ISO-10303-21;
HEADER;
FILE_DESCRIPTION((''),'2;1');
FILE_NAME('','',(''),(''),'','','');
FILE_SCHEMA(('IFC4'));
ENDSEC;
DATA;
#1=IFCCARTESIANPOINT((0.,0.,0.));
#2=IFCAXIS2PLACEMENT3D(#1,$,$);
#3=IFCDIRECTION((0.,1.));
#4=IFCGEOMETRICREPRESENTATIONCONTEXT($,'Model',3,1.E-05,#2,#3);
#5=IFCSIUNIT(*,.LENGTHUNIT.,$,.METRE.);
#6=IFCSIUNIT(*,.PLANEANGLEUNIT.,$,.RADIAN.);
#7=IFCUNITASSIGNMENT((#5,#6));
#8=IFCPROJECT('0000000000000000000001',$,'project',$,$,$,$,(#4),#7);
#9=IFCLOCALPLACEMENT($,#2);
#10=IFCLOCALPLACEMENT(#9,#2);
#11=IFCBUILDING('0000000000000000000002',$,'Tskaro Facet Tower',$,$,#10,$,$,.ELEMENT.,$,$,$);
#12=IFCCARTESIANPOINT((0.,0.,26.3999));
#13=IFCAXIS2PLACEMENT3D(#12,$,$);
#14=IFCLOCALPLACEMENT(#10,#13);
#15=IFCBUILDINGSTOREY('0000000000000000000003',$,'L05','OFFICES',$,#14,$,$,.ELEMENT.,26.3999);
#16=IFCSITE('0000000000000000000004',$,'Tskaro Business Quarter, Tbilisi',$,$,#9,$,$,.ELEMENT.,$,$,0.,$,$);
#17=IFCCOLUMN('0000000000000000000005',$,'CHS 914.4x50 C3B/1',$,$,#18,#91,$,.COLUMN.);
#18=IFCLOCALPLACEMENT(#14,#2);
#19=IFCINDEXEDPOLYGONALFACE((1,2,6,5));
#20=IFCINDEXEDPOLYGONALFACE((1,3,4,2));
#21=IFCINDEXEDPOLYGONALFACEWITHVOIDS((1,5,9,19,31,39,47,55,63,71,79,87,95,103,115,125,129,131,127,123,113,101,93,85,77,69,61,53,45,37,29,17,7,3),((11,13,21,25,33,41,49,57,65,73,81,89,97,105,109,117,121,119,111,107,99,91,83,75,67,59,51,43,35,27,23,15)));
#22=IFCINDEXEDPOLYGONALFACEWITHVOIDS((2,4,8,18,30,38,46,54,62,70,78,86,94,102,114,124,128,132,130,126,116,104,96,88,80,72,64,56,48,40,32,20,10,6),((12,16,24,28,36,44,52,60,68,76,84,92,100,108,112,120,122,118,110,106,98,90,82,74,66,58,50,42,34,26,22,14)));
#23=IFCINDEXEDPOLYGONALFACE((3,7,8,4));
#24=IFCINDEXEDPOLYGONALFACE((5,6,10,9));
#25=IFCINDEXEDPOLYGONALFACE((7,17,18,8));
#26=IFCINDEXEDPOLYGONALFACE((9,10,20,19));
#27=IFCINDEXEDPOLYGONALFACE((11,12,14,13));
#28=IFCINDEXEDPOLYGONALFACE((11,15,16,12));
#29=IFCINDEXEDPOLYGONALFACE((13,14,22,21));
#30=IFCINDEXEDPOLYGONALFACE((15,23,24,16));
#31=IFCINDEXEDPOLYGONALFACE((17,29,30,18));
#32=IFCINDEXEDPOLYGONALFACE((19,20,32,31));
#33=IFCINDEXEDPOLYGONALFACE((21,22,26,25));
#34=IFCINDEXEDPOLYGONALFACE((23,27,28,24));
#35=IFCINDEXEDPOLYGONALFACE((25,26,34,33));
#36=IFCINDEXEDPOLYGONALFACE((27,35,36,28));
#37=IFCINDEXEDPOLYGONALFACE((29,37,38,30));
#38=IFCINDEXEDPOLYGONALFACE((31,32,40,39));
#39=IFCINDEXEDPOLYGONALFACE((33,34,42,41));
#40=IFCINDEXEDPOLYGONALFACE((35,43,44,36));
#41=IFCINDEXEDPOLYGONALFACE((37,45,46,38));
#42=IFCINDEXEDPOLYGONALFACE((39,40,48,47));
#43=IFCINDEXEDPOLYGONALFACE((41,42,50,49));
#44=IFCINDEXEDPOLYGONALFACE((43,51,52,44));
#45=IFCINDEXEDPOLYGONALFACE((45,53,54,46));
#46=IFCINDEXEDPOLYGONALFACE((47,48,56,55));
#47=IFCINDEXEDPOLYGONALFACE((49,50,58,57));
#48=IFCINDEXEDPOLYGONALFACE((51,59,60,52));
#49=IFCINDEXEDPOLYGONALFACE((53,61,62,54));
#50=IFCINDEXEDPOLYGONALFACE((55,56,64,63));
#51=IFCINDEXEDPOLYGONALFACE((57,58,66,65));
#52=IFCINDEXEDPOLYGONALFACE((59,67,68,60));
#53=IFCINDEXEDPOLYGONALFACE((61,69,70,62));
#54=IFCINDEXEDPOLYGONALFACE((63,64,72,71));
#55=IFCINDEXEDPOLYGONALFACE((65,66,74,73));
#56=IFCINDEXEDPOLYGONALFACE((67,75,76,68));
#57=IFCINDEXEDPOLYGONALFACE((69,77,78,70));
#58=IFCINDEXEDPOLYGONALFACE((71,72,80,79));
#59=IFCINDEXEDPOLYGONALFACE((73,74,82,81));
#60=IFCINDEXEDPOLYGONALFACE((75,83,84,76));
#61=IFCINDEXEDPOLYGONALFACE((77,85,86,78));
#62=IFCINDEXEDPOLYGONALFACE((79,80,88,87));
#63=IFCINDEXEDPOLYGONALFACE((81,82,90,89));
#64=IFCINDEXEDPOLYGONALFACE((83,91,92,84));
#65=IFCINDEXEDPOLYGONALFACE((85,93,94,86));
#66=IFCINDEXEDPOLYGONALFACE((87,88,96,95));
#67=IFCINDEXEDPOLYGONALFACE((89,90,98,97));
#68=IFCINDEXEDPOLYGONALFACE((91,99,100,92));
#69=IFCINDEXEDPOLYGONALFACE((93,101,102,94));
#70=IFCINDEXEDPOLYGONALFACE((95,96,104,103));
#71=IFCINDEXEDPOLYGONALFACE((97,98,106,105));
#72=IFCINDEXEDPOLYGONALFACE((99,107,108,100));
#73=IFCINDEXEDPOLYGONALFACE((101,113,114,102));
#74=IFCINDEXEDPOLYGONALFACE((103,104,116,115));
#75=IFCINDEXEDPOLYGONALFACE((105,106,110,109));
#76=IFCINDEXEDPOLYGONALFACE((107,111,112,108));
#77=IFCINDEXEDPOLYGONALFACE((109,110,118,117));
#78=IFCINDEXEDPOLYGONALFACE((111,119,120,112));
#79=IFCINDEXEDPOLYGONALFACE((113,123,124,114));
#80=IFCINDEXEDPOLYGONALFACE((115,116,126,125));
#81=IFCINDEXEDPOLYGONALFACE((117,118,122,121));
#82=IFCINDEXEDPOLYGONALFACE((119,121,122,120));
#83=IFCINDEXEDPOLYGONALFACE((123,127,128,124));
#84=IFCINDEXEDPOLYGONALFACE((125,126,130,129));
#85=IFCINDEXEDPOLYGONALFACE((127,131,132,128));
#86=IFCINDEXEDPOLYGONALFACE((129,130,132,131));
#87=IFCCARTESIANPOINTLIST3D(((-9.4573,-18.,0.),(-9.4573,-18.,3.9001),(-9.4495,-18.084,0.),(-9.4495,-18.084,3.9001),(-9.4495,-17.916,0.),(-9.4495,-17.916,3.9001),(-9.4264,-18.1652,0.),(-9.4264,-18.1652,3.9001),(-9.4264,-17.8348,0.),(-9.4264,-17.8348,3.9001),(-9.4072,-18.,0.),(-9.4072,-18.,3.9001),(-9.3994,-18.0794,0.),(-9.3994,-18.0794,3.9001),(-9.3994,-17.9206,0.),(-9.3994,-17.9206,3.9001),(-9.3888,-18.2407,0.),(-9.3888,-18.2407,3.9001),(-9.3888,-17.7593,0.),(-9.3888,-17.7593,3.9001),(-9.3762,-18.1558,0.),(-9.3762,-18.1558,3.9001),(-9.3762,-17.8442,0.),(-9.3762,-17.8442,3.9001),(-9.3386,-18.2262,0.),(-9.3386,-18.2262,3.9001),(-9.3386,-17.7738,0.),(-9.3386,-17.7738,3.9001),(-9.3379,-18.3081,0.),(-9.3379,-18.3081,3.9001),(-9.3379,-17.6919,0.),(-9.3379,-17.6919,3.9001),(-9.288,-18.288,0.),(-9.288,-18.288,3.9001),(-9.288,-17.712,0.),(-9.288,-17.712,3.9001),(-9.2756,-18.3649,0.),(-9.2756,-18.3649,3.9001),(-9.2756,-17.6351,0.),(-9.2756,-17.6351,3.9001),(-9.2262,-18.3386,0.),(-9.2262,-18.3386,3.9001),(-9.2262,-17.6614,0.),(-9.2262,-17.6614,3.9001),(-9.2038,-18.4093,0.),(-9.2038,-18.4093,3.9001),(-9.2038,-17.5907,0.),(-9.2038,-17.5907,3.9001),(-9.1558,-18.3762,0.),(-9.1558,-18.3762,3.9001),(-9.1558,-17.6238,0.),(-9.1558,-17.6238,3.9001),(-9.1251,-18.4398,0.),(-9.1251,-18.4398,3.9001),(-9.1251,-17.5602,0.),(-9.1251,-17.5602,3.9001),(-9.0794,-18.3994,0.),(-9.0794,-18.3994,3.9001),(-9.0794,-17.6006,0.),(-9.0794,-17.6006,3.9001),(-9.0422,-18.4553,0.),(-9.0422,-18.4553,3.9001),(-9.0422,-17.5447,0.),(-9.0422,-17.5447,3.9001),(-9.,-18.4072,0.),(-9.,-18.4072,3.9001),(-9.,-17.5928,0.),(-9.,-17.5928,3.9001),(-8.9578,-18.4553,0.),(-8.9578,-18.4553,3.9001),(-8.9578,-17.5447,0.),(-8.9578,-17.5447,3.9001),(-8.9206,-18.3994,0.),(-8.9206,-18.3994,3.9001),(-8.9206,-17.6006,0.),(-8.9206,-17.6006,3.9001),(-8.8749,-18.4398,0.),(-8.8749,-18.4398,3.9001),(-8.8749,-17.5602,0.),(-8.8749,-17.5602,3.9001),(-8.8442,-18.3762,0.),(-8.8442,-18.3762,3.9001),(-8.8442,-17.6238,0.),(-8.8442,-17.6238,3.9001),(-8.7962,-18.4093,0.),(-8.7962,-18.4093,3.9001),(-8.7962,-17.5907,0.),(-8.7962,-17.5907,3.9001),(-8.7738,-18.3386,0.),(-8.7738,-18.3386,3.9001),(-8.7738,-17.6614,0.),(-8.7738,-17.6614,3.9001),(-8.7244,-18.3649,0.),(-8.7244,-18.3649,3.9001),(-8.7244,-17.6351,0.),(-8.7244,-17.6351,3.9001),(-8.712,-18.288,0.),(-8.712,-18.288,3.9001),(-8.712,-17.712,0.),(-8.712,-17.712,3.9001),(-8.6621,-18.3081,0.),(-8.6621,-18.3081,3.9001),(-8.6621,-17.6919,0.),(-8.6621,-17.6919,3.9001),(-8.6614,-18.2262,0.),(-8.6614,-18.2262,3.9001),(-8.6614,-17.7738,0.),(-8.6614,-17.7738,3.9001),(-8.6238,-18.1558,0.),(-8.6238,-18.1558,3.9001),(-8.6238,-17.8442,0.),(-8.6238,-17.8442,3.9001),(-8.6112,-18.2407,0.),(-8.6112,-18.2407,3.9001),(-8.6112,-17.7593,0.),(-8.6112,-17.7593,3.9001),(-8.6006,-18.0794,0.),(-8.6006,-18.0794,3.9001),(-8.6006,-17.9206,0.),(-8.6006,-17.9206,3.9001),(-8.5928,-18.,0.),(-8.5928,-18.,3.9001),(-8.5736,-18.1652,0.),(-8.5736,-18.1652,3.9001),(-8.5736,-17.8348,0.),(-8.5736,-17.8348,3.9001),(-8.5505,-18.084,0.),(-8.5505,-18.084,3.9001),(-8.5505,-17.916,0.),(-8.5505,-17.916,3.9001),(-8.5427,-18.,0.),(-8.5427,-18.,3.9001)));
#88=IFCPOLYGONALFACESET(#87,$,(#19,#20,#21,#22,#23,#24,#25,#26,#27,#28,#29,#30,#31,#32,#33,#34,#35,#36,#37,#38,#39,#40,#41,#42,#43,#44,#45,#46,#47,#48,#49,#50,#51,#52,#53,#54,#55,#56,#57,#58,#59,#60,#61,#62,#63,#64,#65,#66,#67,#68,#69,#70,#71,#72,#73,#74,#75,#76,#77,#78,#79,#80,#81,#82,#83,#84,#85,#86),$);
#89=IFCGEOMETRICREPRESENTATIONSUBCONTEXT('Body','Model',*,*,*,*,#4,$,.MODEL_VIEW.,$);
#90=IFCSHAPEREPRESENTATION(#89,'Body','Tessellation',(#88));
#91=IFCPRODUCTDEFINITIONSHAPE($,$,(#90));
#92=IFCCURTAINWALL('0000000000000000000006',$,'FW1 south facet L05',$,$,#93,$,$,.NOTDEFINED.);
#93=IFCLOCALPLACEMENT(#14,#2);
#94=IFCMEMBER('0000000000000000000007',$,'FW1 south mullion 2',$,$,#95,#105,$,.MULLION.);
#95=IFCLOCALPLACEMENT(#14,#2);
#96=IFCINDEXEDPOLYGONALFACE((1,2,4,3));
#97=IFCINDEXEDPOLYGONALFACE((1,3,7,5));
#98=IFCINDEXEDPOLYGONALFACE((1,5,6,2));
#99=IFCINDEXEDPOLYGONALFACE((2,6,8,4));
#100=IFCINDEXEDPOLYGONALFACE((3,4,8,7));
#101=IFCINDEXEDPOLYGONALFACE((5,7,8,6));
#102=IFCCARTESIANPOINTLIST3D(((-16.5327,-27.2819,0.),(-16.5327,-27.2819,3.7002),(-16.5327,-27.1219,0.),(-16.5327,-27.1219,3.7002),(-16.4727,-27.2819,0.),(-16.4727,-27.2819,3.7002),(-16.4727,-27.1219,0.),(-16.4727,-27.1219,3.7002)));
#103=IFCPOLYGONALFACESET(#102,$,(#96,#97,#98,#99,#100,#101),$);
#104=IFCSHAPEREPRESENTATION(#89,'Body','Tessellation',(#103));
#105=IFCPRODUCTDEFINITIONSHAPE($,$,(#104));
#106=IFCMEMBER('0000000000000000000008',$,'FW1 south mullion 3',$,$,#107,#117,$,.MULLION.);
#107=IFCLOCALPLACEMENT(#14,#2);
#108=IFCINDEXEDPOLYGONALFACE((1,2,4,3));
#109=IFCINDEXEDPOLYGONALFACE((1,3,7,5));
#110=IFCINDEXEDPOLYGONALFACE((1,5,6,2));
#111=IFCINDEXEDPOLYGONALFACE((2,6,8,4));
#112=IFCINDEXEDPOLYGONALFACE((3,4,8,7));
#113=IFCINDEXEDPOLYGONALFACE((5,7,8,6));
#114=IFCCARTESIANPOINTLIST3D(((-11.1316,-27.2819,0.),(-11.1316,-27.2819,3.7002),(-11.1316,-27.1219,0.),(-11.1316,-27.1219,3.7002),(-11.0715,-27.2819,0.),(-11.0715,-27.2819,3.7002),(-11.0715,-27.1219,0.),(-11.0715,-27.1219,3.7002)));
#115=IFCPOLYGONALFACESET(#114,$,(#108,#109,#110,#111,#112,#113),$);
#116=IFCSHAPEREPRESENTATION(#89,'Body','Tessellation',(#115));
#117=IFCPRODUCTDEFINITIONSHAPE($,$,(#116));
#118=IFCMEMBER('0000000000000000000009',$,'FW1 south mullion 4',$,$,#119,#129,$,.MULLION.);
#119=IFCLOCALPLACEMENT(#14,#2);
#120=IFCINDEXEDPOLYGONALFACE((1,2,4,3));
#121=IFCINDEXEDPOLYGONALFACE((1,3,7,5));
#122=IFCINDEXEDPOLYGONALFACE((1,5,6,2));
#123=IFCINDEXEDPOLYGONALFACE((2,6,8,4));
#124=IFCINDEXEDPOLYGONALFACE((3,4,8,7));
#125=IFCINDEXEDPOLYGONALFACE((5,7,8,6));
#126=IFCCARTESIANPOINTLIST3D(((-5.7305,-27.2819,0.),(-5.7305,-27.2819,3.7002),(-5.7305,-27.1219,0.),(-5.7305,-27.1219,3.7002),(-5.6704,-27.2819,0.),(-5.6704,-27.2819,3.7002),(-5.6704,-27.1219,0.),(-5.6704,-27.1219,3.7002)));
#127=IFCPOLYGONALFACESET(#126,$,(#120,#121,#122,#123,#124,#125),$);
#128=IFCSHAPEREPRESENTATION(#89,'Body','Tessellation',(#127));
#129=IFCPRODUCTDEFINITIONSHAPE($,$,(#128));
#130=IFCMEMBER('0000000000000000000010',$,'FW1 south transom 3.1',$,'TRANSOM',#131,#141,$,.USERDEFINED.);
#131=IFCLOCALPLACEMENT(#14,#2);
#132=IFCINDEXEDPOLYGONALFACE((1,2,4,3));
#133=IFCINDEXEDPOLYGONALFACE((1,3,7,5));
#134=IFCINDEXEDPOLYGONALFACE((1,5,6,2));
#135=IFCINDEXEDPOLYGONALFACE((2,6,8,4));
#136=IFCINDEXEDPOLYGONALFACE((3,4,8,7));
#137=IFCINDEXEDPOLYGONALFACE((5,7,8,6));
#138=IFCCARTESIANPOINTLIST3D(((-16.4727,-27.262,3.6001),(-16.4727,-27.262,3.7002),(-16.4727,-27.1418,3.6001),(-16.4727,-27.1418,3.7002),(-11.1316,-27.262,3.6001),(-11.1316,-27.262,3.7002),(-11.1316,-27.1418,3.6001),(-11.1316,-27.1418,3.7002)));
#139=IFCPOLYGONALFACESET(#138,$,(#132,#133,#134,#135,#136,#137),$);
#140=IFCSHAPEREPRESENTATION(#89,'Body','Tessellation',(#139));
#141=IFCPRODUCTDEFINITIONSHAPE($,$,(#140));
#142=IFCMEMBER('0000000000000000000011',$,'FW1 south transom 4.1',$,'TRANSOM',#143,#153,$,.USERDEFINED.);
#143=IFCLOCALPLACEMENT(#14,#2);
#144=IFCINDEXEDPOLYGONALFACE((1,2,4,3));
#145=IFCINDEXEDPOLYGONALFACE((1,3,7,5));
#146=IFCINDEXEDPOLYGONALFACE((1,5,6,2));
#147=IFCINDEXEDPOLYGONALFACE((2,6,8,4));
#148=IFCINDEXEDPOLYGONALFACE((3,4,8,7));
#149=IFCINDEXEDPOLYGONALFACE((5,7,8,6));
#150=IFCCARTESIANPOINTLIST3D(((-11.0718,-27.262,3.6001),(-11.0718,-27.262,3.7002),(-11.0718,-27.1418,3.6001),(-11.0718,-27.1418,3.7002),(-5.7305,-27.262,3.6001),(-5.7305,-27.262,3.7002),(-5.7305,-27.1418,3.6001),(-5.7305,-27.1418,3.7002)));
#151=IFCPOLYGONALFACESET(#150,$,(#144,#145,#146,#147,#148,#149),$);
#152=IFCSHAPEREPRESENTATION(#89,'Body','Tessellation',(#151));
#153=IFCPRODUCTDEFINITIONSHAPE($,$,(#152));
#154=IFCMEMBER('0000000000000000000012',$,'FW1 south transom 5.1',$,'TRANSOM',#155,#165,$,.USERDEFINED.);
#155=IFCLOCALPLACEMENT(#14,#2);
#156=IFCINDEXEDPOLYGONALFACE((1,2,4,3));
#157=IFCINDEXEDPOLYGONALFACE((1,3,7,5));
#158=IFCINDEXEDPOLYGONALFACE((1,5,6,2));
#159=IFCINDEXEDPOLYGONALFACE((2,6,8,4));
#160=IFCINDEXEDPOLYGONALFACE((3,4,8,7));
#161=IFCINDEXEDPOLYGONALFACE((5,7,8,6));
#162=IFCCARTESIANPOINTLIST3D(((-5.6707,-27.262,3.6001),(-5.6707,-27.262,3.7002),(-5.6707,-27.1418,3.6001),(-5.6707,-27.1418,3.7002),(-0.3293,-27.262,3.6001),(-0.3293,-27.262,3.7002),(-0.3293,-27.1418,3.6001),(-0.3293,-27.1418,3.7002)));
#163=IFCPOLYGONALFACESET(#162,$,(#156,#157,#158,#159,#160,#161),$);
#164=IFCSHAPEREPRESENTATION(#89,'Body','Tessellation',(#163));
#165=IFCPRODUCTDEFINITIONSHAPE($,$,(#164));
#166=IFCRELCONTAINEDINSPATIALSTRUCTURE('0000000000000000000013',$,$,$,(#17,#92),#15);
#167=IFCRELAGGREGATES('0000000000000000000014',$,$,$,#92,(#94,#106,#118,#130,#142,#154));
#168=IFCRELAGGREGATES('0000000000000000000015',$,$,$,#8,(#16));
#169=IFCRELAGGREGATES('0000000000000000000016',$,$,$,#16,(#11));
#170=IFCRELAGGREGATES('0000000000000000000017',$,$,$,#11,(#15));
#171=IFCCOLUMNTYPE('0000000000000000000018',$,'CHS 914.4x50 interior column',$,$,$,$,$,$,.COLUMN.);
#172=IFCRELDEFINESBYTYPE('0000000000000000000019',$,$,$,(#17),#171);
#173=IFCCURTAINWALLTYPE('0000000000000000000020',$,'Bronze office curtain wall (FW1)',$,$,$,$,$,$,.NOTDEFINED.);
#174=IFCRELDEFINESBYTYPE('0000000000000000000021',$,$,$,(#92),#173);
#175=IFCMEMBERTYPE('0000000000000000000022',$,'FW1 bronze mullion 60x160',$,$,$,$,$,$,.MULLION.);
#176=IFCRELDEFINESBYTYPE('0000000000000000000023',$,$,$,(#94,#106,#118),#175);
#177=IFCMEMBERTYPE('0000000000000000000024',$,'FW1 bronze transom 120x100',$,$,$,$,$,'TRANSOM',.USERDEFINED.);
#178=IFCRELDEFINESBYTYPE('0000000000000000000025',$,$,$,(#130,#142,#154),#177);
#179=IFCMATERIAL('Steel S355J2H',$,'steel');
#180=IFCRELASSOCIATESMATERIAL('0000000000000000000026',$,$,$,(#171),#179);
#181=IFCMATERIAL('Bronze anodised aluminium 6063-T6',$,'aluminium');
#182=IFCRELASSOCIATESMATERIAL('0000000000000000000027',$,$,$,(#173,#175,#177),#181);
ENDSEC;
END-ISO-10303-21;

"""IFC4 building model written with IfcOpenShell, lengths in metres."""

from ifc_helpers import new_model, si_unit, direction, frame, origin, origin_2d, place, context, subcontext, project, spatial, rectangle, hollow_circle, extrude, material, material_profile, profile_set, type_object, element, aggregate, save


model = new_model("IFC4")

# Units and contexts
model_context = context("Model", 3, precision=1e-05, world=origin(), true_north=direction((0.0, 1.0)))
body_context = subcontext(model_context, "Body", "Model", "MODEL_VIEW")
ifc_project = project(units=[si_unit("LENGTHUNIT", "METRE"), si_unit("PLANEANGLEUNIT", "RADIAN")], contexts=[model_context])

# Site, building, storey
site_placement = place(None, origin())
site = spatial("IfcSite", under=ifc_project, at=site_placement, Name="Tskaro Business Quarter, Tbilisi", CompositionType="ELEMENT", RefElevation=0.0)
building_placement = place(site_placement, origin())
building = spatial("IfcBuilding", under=site, at=building_placement, Name="Tskaro Facet Tower", CompositionType="ELEMENT")
storey_placement = place(building_placement, frame((0.0, 0.0, 26.3999)))
storey = spatial("IfcBuildingStorey", under=building, at=storey_placement, Name="L05", Description="OFFICES", CompositionType="ELEMENT", Elevation=26.3999)

# Column
ifc_material_1 = material(Name="Steel S355J2H", Category="steel")
ifc_material_profile_1 = material_profile(ifc_material_1, hollow_circle(Radius=0.4573, WallThickness=0.05, at=origin_2d()), Name="CHS 914.4x50")
ifc_profile_set_1 = profile_set([ifc_material_profile_1], Name="Steel S355J2H")
column_type_1 = type_object("IfcColumnType", Name="CHS 914.4x50 interior column", PredefinedType="COLUMN", material=ifc_profile_set_1)
column_1_placement = place(storey_placement, frame((-9.0, -18.0, 0.0), z_axis=(0.0, 0.0, 1.0), x_axis=(1.0, 0.0, 0.0)))
element("IfcColumn", 1, at=column_1_placement, inside=storey, type_object=column_type_1, Name="CHS 914.4x50 C3B/1", PredefinedType="COLUMN", context=body_context, shape_type="SweptSolid", body=[
    extrude(hollow_circle(Radius=0.4573, WallThickness=0.05, at=origin_2d()), origin(), (0.0, 0.0, 1.0), 3.9001),
])

# Curtain wall, members
ifc_material_2 = material(Name="Bronze anodised aluminium 6063-T6", Category="aluminium")
curtain_wall_type = type_object("IfcCurtainWallType", Name="Bronze office curtain wall (FW1)", PredefinedType="NOTDEFINED", material=ifc_material_2)
curtain_wall_placement = place(storey_placement, origin())
curtain_wall = element("IfcCurtainWall", 2, at=curtain_wall_placement, inside=storey, type_object=curtain_wall_type, Name="FW1 south facet L05", PredefinedType="NOTDEFINED")
ifc_material_profile_2 = material_profile(ifc_material_2, rectangle(XDim=0.0601, YDim=0.1599, at=origin_2d()), Name="Mullion 60x160")
ifc_profile_set_2 = profile_set([ifc_material_profile_2], Name="Bronze anodised aluminium 6063-T6")
member_type_1 = type_object("IfcMemberType", Name="FW1 bronze mullion 60x160", PredefinedType="MULLION", material=ifc_profile_set_2)
member_1_placement = place(storey_placement, frame((-16.5027, -27.2019, 0.0), z_axis=(0.0, 0.0, 1.0), x_axis=(1.0, 0.0, 0.0)))
member_1 = element("IfcMember", 3, at=member_1_placement, type_object=member_type_1, Name="FW1 south mullion 2", PredefinedType="MULLION", context=body_context, shape_type="SweptSolid", body=[
    extrude(rectangle(XDim=0.0601, YDim=0.1599, at=origin_2d()), origin(), (0.0, 0.0, 1.0), 3.7002),
])
member_2_placement = place(storey_placement, frame((-11.1016, -27.2019, 0.0), z_axis=(0.0, 0.0, 1.0), x_axis=(1.0, 0.0, 0.0)))
member_2 = element("IfcMember", 4, at=member_2_placement, type_object=member_type_1, Name="FW1 south mullion 3", PredefinedType="MULLION", context=body_context, shape_type="SweptSolid", body=[
    extrude(rectangle(XDim=0.0601, YDim=0.1599, at=origin_2d()), origin(), (0.0, 0.0, 1.0), 3.7002),
])
member_3_placement = place(storey_placement, frame((-5.7004, -27.2019, 0.0), z_axis=(0.0, 0.0, 1.0), x_axis=(1.0, 0.0, 0.0)))
member_3 = element("IfcMember", 5, at=member_3_placement, type_object=member_type_1, Name="FW1 south mullion 4", PredefinedType="MULLION", context=body_context, shape_type="SweptSolid", body=[
    extrude(rectangle(XDim=0.0601, YDim=0.1599, at=origin_2d()), origin(), (0.0, 0.0, 1.0), 3.7002),
])
ifc_material_profile_3 = material_profile(ifc_material_2, rectangle(XDim=0.1201, YDim=0.1001, at=origin_2d()), Name="Transom 120x100")
ifc_profile_set_3 = profile_set([ifc_material_profile_3], Name="Bronze anodised aluminium 6063-T6")
member_type_2 = type_object("IfcMemberType", Name="FW1 bronze transom 120x100", ElementType="TRANSOM", PredefinedType="USERDEFINED", material=ifc_profile_set_3)
member_4_placement = place(storey_placement, frame((-16.4727, -27.2019, 3.6501), z_axis=(1.0, 0.0, 0.0), x_axis=(0.0, 1.0, 0.0)))
member_4 = element("IfcMember", 6, at=member_4_placement, type_object=member_type_2, Name="FW1 south transom 3.1", ObjectType="TRANSOM", PredefinedType="USERDEFINED", context=body_context, shape_type="SweptSolid", body=[
    extrude(rectangle(XDim=0.1201, YDim=0.1001, at=origin_2d()), origin(), (0.0, 0.0, 1.0), 5.3411),
])
member_5_placement = place(storey_placement, frame((-11.0718, -27.2019, 3.6501), z_axis=(1.0, 0.0, 0.0), x_axis=(0.0, 1.0, 0.0)))
member_5 = element("IfcMember", 7, at=member_5_placement, type_object=member_type_2, Name="FW1 south transom 4.1", ObjectType="TRANSOM", PredefinedType="USERDEFINED", context=body_context, shape_type="SweptSolid", body=[
    extrude(rectangle(XDim=0.1201, YDim=0.1001, at=origin_2d()), origin(), (0.0, 0.0, 1.0), 5.3413),
])
member_6_placement = place(storey_placement, frame((-5.6707, -27.2019, 3.6501), z_axis=(1.0, 0.0, 0.0), x_axis=(0.0, 1.0, 0.0)))
member_6 = element("IfcMember", 8, at=member_6_placement, type_object=member_type_2, Name="FW1 south transom 5.1", ObjectType="TRANSOM", PredefinedType="USERDEFINED", context=body_context, shape_type="SweptSolid", body=[
    extrude(rectangle(XDim=0.1201, YDim=0.1001, at=origin_2d()), origin(), (0.0, 0.0, 1.0), 5.3413),
])

aggregate(curtain_wall, [member_1, member_2, member_3, member_4, member_5, member_6])

save(model, "model.ifc")
